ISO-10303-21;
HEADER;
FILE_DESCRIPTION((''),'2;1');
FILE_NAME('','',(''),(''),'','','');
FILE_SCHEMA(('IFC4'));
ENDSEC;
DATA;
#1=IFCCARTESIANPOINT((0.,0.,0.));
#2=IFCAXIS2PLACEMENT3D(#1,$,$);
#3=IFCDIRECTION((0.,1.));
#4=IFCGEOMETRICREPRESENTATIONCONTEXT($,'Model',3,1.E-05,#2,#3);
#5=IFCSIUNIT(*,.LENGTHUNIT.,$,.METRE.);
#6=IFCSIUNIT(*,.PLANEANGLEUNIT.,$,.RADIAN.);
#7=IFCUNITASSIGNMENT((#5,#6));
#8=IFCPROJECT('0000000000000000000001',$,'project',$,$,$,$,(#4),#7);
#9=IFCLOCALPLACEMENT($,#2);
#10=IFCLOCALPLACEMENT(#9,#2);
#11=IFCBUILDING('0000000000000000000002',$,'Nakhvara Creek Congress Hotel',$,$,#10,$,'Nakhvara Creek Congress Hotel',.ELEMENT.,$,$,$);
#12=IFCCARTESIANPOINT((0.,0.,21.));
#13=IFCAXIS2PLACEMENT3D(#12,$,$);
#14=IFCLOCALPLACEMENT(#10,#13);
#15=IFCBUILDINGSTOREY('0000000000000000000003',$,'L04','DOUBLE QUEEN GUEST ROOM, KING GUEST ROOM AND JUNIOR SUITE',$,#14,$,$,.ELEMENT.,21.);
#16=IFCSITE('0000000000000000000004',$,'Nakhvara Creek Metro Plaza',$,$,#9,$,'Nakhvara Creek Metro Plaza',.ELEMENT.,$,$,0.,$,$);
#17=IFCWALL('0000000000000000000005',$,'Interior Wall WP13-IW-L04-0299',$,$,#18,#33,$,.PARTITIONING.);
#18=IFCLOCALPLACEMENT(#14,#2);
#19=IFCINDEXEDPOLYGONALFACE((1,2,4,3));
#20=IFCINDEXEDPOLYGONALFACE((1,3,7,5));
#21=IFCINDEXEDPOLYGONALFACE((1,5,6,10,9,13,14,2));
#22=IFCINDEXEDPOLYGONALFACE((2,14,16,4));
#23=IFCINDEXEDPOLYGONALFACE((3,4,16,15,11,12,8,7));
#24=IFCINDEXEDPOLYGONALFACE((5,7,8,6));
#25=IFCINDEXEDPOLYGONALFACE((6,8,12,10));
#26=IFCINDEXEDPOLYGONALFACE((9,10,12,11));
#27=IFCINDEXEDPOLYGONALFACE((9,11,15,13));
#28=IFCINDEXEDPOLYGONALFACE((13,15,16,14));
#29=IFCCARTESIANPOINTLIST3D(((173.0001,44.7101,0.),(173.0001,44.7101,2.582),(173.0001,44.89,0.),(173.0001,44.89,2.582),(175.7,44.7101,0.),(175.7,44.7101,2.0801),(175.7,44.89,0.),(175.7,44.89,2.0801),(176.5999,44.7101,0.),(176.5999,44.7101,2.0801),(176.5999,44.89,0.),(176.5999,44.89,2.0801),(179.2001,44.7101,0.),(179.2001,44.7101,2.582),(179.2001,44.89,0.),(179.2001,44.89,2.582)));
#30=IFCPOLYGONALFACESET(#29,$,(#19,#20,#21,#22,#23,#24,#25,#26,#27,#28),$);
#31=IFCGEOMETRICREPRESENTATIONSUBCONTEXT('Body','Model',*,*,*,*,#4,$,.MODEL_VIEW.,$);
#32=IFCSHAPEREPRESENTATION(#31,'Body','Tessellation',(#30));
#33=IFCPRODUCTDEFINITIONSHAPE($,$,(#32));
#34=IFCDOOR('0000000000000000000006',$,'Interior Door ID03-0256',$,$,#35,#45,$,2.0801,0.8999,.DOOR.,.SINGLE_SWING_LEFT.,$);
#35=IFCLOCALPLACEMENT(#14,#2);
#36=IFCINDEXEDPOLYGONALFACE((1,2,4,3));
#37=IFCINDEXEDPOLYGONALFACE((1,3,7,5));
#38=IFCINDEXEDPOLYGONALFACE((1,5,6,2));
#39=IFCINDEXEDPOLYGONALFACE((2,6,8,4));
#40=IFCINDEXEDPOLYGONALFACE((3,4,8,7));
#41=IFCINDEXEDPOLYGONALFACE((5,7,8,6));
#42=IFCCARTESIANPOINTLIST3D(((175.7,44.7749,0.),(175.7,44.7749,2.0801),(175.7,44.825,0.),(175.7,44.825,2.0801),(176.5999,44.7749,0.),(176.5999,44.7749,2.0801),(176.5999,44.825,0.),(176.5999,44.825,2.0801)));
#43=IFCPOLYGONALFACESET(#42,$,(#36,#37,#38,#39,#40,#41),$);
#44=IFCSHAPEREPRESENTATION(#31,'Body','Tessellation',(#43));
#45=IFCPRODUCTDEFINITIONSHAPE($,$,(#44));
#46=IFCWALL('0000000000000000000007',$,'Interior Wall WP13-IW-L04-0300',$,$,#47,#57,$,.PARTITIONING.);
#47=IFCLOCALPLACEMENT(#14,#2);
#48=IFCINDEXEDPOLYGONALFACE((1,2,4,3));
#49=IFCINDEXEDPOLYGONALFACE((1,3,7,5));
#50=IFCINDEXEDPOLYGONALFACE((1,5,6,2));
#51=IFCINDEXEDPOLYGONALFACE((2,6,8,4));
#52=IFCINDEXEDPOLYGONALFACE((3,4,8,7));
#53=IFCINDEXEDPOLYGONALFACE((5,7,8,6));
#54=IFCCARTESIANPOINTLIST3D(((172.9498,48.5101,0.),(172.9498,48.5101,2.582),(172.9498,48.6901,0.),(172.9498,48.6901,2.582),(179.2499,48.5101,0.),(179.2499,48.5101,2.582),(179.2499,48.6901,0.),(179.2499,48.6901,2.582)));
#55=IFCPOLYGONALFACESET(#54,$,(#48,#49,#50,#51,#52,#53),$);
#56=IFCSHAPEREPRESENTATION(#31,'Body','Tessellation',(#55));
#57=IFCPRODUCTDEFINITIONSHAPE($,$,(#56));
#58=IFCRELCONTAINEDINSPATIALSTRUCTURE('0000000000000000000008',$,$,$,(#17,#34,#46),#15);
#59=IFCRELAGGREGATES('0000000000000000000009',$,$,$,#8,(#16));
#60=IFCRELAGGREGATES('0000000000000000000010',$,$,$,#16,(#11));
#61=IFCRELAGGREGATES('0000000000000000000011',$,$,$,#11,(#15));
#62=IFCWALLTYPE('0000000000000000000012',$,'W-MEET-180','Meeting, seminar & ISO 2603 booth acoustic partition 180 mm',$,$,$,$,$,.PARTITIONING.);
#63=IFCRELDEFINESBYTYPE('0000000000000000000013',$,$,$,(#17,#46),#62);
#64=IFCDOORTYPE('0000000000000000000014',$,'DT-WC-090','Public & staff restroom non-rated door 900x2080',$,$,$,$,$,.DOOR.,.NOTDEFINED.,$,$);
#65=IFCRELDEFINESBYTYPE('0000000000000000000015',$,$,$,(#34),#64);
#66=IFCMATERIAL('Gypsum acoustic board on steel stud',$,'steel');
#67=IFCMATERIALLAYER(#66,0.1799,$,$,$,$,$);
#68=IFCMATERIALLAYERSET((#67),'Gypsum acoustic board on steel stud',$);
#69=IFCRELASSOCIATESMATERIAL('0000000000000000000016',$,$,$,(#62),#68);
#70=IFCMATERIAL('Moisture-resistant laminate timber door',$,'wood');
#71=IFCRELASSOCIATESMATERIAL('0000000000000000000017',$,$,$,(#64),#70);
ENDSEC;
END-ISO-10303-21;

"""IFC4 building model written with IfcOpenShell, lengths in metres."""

from ifc_helpers import new_model, si_unit, direction, frame, frame_2d, origin, place, context, subcontext, project, spatial, rectangle, extrude, material, layer, layer_set, type_object, element, fill, save


model = new_model("IFC4")

# Units and contexts
model_context = context("Model", 3, precision=1e-05, world=origin(), true_north=direction((0.0, 1.0)))
body_context = subcontext(model_context, "Body", "Model", "MODEL_VIEW")
ifc_project = project(units=[si_unit("LENGTHUNIT", "METRE"), si_unit("PLANEANGLEUNIT", "RADIAN")], contexts=[model_context])

# Site, building, storey
site_placement = place(None, origin())
site = spatial("IfcSite", under=ifc_project, at=site_placement, Name="Nakhvara Creek Metro Plaza", LongName="Nakhvara Creek Metro Plaza", CompositionType="ELEMENT", RefElevation=0.0)
building_placement = place(site_placement, origin())
building = spatial("IfcBuilding", under=site, at=building_placement, Name="Nakhvara Creek Congress Hotel", LongName="Nakhvara Creek Congress Hotel", CompositionType="ELEMENT")
storey_placement = place(building_placement, frame((0.0, 0.0, 21.0)))
storey = spatial("IfcBuildingStorey", under=building, at=storey_placement, Name="L04", Description="DOUBLE QUEEN GUEST ROOM, KING GUEST ROOM AND JUNIOR SUITE", CompositionType="ELEMENT", Elevation=21.0)

# Wall, opening, door
ifc_material_1 = material(Name="Gypsum acoustic board on steel stud", Category="steel")
ifc_layer_1 = layer(ifc_material_1, 0.1799)
ifc_layer_set_1 = layer_set([ifc_layer_1], Name="Gypsum acoustic board on steel stud")
wall_type_1 = type_object("IfcWallType", Name="W-MEET-180", Description="Meeting, seminar & ISO 2603 booth acoustic partition 180 mm", PredefinedType="PARTITIONING", material=ifc_layer_set_1)
wall_1_placement = place(storey_placement, frame((173.0, 44.8, 0.0), z_axis=(0.0, 0.0, 1.0), x_axis=(1.0, 0.0, 0.0)))
wall_1 = element("IfcWall", 1, at=wall_1_placement, inside=storey, type_object=wall_type_1, Name="Interior Wall WP13-IW-L04-0299", PredefinedType="PARTITIONING", context=body_context, shape_type="SweptSolid", body=[
    extrude(rectangle(XDim=6.2, YDim=0.1799, at=frame_2d((3.1001, 0.0))), origin(), (0.0, 0.0, 1.0), 2.582),
])
opening_placement = place(wall_1_placement, frame((2.7, 0.0, 0.0)))
opening = element("IfcOpeningElement", 2, at=opening_placement, cuts=wall_1, PredefinedType="OPENING", context=body_context, shape_type="SweptSolid", body=[
    extrude(rectangle(XDim=0.8999, YDim=2.0801, at=frame_2d((0.45, 1.04))), frame((0.0, 0.1021, 0.0), z_axis=(0.0, -1.0, 0.0), x_axis=(1.0, 0.0, 0.0)), (0.0, 0.0, 1.0), 0.2039),
])
ifc_material_2 = material(Name="Moisture-resistant laminate timber door", Category="wood")
door_type = type_object("IfcDoorType", Name="DT-WC-090", Description="Public & staff restroom non-rated door 900x2080", OperationType="NOTDEFINED", PredefinedType="DOOR", material=ifc_material_2)
door_placement = place(opening_placement, origin())
door = element("IfcDoor", 3, at=door_placement, inside=storey, type_object=door_type, Name="Interior Door ID03-0256", OperationType="SINGLE_SWING_LEFT", OverallHeight=2.0801, OverallWidth=0.8999, PredefinedType="DOOR", context=body_context, shape_type="SweptSolid", body=[
    extrude(rectangle(XDim=0.8999, YDim=2.0801, at=frame_2d((0.45, 1.04))), frame((0.0, 0.0249, 0.0), z_axis=(0.0, -1.0, 0.0), x_axis=(1.0, 0.0, 0.0)), (0.0, 0.0, 1.0), 0.05),
])
fill(opening, door)

# Wall
wall_2_placement = place(storey_placement, frame((172.95, 48.6001, 0.0), z_axis=(0.0, 0.0, 1.0), x_axis=(1.0, 0.0, 0.0)))
element("IfcWall", 4, at=wall_2_placement, inside=storey, type_object=wall_type_1, Name="Interior Wall WP13-IW-L04-0300", PredefinedType="PARTITIONING", context=body_context, shape_type="SweptSolid", body=[
    extrude(rectangle(XDim=6.3, YDim=0.1799, at=frame_2d((3.1499, 0.0))), origin(), (0.0, 0.0, 1.0), 2.582),
])

save(model, "model.ifc")
